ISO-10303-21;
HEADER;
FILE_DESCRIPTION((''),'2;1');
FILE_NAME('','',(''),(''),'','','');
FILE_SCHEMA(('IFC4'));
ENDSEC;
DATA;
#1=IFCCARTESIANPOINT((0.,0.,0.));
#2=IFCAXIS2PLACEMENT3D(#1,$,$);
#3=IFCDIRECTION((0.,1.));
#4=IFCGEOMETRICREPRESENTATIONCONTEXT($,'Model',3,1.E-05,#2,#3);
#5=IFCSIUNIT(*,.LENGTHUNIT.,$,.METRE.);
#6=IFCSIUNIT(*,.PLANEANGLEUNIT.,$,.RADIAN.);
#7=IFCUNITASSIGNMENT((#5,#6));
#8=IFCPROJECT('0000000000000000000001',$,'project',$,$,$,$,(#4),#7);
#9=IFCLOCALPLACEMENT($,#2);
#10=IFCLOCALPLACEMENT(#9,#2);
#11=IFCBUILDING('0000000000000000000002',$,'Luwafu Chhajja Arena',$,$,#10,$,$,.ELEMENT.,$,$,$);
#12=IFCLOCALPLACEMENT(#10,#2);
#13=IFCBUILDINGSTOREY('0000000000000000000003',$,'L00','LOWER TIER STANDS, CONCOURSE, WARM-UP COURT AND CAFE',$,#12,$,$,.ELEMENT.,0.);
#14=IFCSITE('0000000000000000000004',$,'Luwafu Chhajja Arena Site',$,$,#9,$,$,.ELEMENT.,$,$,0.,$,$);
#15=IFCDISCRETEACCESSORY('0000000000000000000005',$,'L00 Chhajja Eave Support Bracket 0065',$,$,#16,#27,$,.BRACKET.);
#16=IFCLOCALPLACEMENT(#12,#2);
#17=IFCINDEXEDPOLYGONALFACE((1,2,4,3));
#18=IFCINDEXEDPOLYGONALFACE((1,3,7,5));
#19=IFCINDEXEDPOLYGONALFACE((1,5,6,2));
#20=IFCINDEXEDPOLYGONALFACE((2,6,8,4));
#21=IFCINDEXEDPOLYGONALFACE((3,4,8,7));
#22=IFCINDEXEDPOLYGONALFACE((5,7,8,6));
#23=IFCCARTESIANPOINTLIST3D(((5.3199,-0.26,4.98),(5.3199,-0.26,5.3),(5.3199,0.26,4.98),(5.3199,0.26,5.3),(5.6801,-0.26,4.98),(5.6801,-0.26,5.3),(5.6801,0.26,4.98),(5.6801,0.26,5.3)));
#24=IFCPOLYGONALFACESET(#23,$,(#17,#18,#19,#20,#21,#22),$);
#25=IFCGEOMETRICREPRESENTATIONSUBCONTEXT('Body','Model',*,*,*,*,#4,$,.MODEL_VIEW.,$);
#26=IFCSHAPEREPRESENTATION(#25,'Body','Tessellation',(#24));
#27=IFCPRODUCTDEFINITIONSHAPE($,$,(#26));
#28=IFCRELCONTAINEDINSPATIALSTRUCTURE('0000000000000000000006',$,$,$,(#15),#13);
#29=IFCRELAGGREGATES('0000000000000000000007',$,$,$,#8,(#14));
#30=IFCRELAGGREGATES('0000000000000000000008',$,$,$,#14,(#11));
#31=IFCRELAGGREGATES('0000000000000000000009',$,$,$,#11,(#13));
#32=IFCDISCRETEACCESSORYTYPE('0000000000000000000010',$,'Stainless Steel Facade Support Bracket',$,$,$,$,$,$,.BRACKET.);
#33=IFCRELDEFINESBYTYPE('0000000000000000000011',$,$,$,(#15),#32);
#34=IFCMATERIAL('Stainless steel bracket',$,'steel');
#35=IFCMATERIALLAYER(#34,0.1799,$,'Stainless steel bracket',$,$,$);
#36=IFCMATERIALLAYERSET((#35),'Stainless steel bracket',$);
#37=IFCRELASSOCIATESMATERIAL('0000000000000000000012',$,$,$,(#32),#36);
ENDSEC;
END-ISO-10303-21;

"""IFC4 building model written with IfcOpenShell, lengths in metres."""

from ifc_helpers import new_model, si_unit, direction, frame, origin, origin_2d, place, context, subcontext, project, spatial, rectangle, extrude, material, layer, layer_set, type_object, element, save


model = new_model("IFC4")

# Units and contexts
model_context = context("Model", 3, precision=1e-05, world=origin(), true_north=direction((0.0, 1.0)))
body_context = subcontext(model_context, "Body", "Model", "MODEL_VIEW")
ifc_project = project(units=[si_unit("LENGTHUNIT", "METRE"), si_unit("PLANEANGLEUNIT", "RADIAN")], contexts=[model_context])

# Site, building, storey
site_placement = place(None, origin())
site = spatial("IfcSite", under=ifc_project, at=site_placement, Name="Luwafu Chhajja Arena Site", CompositionType="ELEMENT", RefElevation=0.0)
building_placement = place(site_placement, origin())
building = spatial("IfcBuilding", under=site, at=building_placement, Name="Luwafu Chhajja Arena", CompositionType="ELEMENT")
storey_placement = place(building_placement, origin())
storey = spatial("IfcBuildingStorey", under=building, at=storey_placement, Name="L00", Description="LOWER TIER STANDS, CONCOURSE, WARM-UP COURT AND CAFE", CompositionType="ELEMENT", Elevation=0.0)

# Discrete accessory
ifc_material_1 = material(Name="Stainless steel bracket", Category="steel")
ifc_layer_1 = layer(ifc_material_1, 0.1799, Name="Stainless steel bracket")
ifc_layer_set_1 = layer_set([ifc_layer_1], Name="Stainless steel bracket")
discrete_accessory_type = type_object("IfcDiscreteAccessoryType", Name="Stainless Steel Facade Support Bracket", PredefinedType="BRACKET", material=ifc_layer_set_1)
discrete_accessory_placement = place(storey_placement, frame((5.5, 0.0, 4.98), z_axis=(0.0, 0.0, 1.0), x_axis=(1.0, 0.0, 0.0)))
element("IfcDiscreteAccessory", 1, at=discrete_accessory_placement, inside=storey, type_object=discrete_accessory_type, Name="L00 Chhajja Eave Support Bracket 0065", PredefinedType="BRACKET", context=body_context, shape_type="SweptSolid", body=[
    extrude(rectangle(XDim=0.3601, YDim=0.52, at=origin_2d()), origin(), (0.0, 0.0, 1.0), 0.3201),
])

save(model, "model.ifc")
